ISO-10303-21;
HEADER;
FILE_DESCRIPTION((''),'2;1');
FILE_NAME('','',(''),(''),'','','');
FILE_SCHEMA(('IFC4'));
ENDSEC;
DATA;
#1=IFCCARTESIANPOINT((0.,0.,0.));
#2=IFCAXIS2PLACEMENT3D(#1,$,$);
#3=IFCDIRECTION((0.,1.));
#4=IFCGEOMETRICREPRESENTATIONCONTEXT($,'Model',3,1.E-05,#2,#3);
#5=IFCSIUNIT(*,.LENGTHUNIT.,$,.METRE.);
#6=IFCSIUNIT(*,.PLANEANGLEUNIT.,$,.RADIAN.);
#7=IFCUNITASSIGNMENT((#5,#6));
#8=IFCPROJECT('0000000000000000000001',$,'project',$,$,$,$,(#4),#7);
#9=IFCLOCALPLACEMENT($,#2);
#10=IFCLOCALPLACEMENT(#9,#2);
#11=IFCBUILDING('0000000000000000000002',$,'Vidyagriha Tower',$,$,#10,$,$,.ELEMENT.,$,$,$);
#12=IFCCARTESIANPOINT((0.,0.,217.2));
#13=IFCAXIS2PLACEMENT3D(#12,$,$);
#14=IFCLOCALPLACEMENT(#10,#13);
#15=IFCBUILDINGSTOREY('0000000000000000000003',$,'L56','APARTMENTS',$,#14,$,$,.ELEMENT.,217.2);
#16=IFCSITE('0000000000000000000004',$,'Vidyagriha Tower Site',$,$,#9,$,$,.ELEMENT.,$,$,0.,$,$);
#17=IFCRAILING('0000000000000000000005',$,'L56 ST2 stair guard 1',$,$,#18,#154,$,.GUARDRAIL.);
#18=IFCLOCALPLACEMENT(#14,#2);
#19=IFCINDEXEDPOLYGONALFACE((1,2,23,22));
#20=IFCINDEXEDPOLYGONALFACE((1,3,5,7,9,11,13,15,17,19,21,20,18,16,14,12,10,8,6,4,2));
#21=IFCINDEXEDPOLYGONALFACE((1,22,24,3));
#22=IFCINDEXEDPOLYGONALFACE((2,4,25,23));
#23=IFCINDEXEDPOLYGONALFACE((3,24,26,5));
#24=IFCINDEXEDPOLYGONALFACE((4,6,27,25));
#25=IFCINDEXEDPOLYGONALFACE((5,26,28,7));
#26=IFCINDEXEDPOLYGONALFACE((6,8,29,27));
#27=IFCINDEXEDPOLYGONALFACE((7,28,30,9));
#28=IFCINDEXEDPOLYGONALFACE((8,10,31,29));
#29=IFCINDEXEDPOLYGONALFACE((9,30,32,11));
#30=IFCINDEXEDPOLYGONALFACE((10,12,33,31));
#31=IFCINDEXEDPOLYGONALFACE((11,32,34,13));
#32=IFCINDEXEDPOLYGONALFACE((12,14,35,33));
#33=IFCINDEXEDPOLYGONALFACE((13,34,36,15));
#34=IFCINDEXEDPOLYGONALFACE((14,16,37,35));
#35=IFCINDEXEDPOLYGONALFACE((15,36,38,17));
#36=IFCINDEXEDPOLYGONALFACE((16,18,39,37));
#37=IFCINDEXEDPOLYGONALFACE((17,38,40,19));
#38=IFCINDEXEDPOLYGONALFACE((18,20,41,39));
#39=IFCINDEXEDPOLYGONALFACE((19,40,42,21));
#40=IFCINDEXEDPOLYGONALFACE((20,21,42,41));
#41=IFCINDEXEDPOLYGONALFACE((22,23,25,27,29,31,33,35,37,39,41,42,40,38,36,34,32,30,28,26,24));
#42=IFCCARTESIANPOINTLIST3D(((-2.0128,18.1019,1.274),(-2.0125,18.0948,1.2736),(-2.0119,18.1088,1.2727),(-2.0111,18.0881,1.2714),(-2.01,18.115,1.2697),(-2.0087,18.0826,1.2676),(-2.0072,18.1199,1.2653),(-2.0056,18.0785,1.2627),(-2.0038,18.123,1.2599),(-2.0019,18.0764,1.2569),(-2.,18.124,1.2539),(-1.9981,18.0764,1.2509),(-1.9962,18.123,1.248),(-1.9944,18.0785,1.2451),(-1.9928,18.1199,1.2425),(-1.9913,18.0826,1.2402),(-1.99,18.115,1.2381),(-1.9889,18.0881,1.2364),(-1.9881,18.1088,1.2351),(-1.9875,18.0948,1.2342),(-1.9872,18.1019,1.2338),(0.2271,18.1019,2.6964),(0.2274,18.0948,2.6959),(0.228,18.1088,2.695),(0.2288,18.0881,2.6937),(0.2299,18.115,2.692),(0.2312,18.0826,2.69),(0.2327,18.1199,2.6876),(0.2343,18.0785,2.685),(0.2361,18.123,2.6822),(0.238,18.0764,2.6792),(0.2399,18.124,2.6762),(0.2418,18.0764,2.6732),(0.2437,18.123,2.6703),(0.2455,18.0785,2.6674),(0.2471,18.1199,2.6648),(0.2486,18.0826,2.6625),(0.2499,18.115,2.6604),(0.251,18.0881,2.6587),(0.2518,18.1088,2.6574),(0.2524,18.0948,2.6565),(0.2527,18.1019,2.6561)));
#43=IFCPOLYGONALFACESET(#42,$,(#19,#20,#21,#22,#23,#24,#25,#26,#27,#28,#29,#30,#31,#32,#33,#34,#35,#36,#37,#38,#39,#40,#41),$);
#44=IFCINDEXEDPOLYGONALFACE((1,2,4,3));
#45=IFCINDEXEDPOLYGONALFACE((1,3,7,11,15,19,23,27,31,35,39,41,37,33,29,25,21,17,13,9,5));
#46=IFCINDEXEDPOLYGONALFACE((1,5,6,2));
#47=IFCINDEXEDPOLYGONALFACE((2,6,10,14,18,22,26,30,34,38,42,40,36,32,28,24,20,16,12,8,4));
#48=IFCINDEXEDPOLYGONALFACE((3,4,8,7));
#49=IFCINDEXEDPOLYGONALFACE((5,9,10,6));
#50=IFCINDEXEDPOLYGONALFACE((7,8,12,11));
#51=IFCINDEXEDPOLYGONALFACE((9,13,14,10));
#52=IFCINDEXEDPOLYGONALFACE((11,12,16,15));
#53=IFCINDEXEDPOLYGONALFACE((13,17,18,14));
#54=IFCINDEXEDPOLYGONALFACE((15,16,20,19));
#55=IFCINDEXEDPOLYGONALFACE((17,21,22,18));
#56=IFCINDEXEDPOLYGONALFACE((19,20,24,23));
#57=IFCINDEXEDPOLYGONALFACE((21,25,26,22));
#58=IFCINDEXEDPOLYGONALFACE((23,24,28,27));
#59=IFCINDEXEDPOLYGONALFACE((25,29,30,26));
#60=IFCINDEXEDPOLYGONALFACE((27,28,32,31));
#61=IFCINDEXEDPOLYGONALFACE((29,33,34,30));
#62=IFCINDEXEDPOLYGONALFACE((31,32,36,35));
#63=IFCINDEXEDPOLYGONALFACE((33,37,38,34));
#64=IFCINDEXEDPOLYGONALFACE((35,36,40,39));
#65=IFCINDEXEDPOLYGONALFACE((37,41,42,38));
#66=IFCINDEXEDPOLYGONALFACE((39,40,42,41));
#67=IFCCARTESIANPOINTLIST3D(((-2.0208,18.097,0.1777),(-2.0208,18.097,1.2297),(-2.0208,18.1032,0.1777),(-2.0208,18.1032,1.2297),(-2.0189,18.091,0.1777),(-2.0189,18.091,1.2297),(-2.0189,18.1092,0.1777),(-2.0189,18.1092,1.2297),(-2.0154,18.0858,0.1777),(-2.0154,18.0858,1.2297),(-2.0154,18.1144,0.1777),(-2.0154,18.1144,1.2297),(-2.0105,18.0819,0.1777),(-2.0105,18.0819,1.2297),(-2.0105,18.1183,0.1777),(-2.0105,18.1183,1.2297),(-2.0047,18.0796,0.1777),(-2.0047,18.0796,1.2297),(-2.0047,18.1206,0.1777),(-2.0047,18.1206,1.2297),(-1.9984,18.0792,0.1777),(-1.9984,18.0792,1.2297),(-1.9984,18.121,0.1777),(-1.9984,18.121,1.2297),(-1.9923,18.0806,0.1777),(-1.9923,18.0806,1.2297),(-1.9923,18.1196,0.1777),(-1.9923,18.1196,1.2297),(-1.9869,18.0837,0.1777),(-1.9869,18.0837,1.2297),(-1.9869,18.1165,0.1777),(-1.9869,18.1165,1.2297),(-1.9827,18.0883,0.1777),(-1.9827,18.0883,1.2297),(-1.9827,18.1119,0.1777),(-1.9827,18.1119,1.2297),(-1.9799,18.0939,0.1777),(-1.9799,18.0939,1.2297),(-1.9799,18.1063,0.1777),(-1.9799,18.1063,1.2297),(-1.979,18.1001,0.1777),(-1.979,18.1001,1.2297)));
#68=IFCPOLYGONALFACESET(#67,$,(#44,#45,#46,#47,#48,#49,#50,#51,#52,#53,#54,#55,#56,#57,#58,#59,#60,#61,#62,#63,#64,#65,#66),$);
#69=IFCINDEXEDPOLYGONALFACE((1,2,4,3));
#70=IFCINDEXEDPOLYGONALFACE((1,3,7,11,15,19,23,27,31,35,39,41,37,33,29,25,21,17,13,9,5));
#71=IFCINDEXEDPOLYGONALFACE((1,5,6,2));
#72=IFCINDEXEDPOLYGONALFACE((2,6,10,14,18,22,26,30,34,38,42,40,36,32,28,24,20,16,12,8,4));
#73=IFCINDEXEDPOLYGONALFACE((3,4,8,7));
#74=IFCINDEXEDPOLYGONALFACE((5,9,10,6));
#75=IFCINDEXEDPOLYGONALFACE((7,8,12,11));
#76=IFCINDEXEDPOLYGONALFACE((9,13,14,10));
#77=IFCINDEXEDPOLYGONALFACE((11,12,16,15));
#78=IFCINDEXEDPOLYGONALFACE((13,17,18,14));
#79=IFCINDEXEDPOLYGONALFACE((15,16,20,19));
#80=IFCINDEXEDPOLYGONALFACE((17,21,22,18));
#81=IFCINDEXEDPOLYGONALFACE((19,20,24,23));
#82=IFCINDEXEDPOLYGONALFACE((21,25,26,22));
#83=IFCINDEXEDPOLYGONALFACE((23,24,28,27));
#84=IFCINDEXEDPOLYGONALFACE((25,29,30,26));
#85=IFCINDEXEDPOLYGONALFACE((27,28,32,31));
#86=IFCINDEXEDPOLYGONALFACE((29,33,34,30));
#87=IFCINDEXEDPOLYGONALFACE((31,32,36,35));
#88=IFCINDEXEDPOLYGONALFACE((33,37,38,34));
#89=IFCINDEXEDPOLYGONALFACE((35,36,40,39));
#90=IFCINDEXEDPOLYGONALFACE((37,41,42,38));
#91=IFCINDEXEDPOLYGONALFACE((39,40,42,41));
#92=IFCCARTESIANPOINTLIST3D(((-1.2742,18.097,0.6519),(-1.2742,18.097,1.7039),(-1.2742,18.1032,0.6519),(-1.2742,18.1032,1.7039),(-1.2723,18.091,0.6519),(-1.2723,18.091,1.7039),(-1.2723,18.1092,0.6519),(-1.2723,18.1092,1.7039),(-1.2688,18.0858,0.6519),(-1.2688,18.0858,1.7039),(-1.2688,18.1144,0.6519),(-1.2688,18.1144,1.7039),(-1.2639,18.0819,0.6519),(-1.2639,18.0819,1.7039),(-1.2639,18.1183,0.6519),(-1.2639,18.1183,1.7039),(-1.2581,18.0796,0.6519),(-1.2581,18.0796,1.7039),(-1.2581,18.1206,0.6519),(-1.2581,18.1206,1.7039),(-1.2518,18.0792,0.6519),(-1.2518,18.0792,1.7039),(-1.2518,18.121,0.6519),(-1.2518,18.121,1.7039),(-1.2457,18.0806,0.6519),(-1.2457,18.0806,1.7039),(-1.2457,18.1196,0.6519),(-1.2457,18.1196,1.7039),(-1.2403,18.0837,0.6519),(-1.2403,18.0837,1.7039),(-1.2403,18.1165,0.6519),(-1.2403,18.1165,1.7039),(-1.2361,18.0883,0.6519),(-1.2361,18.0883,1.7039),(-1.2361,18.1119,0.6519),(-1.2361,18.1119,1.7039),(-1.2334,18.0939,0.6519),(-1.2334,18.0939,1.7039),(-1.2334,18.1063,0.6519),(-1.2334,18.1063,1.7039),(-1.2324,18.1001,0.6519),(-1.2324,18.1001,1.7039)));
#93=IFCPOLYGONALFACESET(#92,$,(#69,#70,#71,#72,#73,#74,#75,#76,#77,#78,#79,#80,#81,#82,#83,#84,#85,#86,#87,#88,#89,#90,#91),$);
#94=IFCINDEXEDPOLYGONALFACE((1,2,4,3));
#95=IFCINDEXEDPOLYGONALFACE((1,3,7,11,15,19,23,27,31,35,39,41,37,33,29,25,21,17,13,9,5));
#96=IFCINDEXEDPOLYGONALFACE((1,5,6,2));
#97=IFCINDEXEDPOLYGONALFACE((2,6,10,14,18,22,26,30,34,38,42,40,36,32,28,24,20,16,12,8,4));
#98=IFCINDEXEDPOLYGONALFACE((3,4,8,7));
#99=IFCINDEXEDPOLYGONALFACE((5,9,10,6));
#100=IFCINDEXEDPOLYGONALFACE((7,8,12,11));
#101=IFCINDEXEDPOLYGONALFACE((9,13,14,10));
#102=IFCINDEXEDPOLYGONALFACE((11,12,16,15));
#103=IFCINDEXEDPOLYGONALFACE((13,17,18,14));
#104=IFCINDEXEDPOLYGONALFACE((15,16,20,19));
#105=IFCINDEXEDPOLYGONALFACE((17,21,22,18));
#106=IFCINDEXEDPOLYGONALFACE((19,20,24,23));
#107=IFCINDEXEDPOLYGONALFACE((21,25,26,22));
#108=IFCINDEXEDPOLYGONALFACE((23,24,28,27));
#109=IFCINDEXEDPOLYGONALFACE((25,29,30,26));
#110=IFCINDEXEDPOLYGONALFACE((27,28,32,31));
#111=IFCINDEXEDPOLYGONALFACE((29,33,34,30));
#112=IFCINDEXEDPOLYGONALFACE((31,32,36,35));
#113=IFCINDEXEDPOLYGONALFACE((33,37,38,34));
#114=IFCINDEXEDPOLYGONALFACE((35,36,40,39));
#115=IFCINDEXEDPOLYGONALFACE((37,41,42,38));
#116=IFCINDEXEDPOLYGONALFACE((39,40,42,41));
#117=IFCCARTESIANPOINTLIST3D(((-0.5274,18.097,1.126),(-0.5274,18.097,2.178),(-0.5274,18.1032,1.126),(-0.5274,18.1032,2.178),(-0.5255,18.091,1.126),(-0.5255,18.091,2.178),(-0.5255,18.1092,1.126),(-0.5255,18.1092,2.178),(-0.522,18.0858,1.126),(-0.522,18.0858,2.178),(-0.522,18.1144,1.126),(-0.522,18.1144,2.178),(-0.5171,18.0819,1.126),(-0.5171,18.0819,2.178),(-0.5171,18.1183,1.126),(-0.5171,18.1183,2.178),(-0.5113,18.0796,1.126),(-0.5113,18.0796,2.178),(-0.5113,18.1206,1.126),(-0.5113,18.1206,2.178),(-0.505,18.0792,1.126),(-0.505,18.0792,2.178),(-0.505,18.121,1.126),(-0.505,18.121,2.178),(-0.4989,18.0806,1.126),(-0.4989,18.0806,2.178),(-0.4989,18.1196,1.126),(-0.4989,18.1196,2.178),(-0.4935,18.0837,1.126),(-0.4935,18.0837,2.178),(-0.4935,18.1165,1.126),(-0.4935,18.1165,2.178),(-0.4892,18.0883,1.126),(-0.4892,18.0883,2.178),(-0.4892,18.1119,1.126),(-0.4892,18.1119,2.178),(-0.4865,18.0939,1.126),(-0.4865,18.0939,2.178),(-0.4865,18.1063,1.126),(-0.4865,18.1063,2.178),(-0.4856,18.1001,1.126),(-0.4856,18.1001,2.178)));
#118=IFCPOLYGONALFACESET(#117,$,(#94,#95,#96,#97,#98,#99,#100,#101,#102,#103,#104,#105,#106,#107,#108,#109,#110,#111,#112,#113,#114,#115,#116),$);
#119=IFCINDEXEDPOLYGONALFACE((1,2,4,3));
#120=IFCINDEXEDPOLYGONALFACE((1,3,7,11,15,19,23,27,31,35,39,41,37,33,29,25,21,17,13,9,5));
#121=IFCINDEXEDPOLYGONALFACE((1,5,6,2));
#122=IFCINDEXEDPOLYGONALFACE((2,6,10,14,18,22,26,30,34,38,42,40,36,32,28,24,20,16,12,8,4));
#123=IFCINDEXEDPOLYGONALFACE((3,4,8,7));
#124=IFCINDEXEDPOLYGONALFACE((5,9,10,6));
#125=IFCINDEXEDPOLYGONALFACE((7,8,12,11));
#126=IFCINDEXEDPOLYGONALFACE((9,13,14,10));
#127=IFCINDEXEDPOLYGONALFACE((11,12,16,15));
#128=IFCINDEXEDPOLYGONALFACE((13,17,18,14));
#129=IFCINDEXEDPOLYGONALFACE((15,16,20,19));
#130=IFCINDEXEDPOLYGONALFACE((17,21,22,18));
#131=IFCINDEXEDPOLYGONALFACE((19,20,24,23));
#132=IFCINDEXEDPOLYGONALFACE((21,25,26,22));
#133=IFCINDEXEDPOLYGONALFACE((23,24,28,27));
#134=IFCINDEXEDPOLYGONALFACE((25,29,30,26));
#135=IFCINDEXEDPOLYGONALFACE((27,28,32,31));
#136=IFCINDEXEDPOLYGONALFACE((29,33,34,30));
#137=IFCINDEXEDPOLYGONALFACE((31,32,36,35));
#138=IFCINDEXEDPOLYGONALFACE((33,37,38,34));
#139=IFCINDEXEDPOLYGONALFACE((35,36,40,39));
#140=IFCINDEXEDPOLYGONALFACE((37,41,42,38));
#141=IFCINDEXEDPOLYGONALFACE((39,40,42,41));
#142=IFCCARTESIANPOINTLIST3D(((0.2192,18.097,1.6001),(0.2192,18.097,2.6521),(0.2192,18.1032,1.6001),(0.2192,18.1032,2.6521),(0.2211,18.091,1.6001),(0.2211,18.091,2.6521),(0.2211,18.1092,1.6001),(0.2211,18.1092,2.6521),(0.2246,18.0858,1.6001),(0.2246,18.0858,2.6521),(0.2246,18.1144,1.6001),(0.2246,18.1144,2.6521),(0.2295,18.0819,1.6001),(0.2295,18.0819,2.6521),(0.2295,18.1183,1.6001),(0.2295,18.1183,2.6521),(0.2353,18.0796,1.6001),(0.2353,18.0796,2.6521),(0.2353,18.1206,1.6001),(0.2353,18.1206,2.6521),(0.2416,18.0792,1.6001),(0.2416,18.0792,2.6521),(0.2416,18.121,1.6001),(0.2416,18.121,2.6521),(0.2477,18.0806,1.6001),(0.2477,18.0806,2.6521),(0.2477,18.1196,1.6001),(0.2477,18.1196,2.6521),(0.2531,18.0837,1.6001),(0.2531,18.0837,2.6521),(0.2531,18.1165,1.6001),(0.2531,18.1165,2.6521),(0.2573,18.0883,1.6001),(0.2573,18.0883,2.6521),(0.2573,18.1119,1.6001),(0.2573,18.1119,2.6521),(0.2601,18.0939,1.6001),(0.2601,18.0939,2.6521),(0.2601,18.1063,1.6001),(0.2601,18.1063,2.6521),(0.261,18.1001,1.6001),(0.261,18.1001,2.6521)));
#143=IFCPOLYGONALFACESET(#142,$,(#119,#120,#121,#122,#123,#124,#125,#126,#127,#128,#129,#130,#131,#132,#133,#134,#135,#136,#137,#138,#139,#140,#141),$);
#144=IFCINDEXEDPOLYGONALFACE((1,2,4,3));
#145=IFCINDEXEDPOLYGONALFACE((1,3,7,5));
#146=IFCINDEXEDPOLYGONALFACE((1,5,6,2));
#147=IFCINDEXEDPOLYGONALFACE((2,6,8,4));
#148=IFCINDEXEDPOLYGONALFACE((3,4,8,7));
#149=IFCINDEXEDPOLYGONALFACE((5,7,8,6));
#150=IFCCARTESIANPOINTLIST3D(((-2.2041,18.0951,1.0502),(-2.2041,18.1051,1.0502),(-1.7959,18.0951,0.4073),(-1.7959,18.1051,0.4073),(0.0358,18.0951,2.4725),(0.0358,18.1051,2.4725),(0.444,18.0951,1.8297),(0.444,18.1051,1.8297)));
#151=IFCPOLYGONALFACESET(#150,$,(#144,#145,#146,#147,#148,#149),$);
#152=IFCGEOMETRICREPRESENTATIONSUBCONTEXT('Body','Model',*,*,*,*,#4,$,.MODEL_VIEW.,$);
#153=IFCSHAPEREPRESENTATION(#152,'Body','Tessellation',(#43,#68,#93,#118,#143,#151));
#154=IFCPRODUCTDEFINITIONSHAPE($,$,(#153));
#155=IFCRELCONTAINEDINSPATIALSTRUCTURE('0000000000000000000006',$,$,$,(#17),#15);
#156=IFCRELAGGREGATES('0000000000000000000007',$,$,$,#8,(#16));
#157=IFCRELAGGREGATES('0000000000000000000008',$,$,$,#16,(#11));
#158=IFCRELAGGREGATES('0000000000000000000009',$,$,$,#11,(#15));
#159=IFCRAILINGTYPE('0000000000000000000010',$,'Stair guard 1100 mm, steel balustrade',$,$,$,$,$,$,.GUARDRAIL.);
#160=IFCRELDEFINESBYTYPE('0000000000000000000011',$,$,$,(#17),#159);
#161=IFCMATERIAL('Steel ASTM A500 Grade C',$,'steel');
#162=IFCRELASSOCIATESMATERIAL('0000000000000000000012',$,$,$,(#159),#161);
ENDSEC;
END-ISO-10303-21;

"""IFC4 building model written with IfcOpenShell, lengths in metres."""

from ifc_helpers import new_model, si_unit, direction, frame, origin, origin_2d, place, context, subcontext, project, spatial, rectangle, circle, extrude, material, type_object, element, save


model = new_model("IFC4")

# Units and contexts
model_context = context("Model", 3, precision=1e-05, world=origin(), true_north=direction((0.0, 1.0)))
body_context = subcontext(model_context, "Body", "Model", "MODEL_VIEW")
ifc_project = project(units=[si_unit("LENGTHUNIT", "METRE"), si_unit("PLANEANGLEUNIT", "RADIAN")], contexts=[model_context])

# Site, building, storey
site_placement = place(None, origin())
site = spatial("IfcSite", under=ifc_project, at=site_placement, Name="Vidyagriha Tower Site", CompositionType="ELEMENT", RefElevation=0.0)
building_placement = place(site_placement, origin())
building = spatial("IfcBuilding", under=site, at=building_placement, Name="Vidyagriha Tower", CompositionType="ELEMENT")
storey_placement = place(building_placement, frame((0.0, 0.0, 217.2)))
storey = spatial("IfcBuildingStorey", under=building, at=storey_placement, Name="L56", Description="APARTMENTS", CompositionType="ELEMENT", Elevation=217.2)

# Railing
ifc_material_1 = material(Name="Steel ASTM A500 Grade C", Category="steel")
railing_type_1 = type_object("IfcRailingType", Name="Stair guard 1100 mm, steel balustrade", PredefinedType="GUARDRAIL", material=ifc_material_1)
railing_1_placement = place(storey_placement, frame((-2.0, 18.1001, 0.1777)))
element("IfcRailing", 1, at=railing_1_placement, inside=storey, type_object=railing_type_1, Name="L56 ST2 stair guard 1", PredefinedType="GUARDRAIL", context=body_context, shape_type="SweptSolid", body=[
    extrude(circle(Radius=0.0239, at=origin_2d()), frame((0.0, 0.0, 1.0762), z_axis=(0.844188, 0.0, 0.536048), x_axis=(0.0, 1.0, 0.0)), (0.0, 0.0, 1.0), 2.6533),
    extrude(circle(Radius=0.021, at=origin_2d()), origin(), (0.0, 0.0, 1.0), 1.052),
    extrude(circle(Radius=0.021, at=origin_2d()), frame((0.7466, 0.0, 0.4741)), (0.0, 0.0, 1.0), 1.052),
    extrude(circle(Radius=0.021, at=origin_2d()), frame((1.4934, 0.0, 0.9482)), (0.0, 0.0, 1.0), 1.052),
    extrude(circle(Radius=0.021, at=origin_2d()), frame((2.24, 0.0, 1.4224)), (0.0, 0.0, 1.0), 1.052),
    extrude(rectangle(XDim=0.01, YDim=0.7615, at=origin_2d()), frame((0.0, 0.0, 0.551), z_axis=(0.844188, 0.0, 0.536048), x_axis=(0.0, 1.0, 0.0)), (0.0, 0.0, 1.0), 2.6533),
])

save(model, "model.ifc")
